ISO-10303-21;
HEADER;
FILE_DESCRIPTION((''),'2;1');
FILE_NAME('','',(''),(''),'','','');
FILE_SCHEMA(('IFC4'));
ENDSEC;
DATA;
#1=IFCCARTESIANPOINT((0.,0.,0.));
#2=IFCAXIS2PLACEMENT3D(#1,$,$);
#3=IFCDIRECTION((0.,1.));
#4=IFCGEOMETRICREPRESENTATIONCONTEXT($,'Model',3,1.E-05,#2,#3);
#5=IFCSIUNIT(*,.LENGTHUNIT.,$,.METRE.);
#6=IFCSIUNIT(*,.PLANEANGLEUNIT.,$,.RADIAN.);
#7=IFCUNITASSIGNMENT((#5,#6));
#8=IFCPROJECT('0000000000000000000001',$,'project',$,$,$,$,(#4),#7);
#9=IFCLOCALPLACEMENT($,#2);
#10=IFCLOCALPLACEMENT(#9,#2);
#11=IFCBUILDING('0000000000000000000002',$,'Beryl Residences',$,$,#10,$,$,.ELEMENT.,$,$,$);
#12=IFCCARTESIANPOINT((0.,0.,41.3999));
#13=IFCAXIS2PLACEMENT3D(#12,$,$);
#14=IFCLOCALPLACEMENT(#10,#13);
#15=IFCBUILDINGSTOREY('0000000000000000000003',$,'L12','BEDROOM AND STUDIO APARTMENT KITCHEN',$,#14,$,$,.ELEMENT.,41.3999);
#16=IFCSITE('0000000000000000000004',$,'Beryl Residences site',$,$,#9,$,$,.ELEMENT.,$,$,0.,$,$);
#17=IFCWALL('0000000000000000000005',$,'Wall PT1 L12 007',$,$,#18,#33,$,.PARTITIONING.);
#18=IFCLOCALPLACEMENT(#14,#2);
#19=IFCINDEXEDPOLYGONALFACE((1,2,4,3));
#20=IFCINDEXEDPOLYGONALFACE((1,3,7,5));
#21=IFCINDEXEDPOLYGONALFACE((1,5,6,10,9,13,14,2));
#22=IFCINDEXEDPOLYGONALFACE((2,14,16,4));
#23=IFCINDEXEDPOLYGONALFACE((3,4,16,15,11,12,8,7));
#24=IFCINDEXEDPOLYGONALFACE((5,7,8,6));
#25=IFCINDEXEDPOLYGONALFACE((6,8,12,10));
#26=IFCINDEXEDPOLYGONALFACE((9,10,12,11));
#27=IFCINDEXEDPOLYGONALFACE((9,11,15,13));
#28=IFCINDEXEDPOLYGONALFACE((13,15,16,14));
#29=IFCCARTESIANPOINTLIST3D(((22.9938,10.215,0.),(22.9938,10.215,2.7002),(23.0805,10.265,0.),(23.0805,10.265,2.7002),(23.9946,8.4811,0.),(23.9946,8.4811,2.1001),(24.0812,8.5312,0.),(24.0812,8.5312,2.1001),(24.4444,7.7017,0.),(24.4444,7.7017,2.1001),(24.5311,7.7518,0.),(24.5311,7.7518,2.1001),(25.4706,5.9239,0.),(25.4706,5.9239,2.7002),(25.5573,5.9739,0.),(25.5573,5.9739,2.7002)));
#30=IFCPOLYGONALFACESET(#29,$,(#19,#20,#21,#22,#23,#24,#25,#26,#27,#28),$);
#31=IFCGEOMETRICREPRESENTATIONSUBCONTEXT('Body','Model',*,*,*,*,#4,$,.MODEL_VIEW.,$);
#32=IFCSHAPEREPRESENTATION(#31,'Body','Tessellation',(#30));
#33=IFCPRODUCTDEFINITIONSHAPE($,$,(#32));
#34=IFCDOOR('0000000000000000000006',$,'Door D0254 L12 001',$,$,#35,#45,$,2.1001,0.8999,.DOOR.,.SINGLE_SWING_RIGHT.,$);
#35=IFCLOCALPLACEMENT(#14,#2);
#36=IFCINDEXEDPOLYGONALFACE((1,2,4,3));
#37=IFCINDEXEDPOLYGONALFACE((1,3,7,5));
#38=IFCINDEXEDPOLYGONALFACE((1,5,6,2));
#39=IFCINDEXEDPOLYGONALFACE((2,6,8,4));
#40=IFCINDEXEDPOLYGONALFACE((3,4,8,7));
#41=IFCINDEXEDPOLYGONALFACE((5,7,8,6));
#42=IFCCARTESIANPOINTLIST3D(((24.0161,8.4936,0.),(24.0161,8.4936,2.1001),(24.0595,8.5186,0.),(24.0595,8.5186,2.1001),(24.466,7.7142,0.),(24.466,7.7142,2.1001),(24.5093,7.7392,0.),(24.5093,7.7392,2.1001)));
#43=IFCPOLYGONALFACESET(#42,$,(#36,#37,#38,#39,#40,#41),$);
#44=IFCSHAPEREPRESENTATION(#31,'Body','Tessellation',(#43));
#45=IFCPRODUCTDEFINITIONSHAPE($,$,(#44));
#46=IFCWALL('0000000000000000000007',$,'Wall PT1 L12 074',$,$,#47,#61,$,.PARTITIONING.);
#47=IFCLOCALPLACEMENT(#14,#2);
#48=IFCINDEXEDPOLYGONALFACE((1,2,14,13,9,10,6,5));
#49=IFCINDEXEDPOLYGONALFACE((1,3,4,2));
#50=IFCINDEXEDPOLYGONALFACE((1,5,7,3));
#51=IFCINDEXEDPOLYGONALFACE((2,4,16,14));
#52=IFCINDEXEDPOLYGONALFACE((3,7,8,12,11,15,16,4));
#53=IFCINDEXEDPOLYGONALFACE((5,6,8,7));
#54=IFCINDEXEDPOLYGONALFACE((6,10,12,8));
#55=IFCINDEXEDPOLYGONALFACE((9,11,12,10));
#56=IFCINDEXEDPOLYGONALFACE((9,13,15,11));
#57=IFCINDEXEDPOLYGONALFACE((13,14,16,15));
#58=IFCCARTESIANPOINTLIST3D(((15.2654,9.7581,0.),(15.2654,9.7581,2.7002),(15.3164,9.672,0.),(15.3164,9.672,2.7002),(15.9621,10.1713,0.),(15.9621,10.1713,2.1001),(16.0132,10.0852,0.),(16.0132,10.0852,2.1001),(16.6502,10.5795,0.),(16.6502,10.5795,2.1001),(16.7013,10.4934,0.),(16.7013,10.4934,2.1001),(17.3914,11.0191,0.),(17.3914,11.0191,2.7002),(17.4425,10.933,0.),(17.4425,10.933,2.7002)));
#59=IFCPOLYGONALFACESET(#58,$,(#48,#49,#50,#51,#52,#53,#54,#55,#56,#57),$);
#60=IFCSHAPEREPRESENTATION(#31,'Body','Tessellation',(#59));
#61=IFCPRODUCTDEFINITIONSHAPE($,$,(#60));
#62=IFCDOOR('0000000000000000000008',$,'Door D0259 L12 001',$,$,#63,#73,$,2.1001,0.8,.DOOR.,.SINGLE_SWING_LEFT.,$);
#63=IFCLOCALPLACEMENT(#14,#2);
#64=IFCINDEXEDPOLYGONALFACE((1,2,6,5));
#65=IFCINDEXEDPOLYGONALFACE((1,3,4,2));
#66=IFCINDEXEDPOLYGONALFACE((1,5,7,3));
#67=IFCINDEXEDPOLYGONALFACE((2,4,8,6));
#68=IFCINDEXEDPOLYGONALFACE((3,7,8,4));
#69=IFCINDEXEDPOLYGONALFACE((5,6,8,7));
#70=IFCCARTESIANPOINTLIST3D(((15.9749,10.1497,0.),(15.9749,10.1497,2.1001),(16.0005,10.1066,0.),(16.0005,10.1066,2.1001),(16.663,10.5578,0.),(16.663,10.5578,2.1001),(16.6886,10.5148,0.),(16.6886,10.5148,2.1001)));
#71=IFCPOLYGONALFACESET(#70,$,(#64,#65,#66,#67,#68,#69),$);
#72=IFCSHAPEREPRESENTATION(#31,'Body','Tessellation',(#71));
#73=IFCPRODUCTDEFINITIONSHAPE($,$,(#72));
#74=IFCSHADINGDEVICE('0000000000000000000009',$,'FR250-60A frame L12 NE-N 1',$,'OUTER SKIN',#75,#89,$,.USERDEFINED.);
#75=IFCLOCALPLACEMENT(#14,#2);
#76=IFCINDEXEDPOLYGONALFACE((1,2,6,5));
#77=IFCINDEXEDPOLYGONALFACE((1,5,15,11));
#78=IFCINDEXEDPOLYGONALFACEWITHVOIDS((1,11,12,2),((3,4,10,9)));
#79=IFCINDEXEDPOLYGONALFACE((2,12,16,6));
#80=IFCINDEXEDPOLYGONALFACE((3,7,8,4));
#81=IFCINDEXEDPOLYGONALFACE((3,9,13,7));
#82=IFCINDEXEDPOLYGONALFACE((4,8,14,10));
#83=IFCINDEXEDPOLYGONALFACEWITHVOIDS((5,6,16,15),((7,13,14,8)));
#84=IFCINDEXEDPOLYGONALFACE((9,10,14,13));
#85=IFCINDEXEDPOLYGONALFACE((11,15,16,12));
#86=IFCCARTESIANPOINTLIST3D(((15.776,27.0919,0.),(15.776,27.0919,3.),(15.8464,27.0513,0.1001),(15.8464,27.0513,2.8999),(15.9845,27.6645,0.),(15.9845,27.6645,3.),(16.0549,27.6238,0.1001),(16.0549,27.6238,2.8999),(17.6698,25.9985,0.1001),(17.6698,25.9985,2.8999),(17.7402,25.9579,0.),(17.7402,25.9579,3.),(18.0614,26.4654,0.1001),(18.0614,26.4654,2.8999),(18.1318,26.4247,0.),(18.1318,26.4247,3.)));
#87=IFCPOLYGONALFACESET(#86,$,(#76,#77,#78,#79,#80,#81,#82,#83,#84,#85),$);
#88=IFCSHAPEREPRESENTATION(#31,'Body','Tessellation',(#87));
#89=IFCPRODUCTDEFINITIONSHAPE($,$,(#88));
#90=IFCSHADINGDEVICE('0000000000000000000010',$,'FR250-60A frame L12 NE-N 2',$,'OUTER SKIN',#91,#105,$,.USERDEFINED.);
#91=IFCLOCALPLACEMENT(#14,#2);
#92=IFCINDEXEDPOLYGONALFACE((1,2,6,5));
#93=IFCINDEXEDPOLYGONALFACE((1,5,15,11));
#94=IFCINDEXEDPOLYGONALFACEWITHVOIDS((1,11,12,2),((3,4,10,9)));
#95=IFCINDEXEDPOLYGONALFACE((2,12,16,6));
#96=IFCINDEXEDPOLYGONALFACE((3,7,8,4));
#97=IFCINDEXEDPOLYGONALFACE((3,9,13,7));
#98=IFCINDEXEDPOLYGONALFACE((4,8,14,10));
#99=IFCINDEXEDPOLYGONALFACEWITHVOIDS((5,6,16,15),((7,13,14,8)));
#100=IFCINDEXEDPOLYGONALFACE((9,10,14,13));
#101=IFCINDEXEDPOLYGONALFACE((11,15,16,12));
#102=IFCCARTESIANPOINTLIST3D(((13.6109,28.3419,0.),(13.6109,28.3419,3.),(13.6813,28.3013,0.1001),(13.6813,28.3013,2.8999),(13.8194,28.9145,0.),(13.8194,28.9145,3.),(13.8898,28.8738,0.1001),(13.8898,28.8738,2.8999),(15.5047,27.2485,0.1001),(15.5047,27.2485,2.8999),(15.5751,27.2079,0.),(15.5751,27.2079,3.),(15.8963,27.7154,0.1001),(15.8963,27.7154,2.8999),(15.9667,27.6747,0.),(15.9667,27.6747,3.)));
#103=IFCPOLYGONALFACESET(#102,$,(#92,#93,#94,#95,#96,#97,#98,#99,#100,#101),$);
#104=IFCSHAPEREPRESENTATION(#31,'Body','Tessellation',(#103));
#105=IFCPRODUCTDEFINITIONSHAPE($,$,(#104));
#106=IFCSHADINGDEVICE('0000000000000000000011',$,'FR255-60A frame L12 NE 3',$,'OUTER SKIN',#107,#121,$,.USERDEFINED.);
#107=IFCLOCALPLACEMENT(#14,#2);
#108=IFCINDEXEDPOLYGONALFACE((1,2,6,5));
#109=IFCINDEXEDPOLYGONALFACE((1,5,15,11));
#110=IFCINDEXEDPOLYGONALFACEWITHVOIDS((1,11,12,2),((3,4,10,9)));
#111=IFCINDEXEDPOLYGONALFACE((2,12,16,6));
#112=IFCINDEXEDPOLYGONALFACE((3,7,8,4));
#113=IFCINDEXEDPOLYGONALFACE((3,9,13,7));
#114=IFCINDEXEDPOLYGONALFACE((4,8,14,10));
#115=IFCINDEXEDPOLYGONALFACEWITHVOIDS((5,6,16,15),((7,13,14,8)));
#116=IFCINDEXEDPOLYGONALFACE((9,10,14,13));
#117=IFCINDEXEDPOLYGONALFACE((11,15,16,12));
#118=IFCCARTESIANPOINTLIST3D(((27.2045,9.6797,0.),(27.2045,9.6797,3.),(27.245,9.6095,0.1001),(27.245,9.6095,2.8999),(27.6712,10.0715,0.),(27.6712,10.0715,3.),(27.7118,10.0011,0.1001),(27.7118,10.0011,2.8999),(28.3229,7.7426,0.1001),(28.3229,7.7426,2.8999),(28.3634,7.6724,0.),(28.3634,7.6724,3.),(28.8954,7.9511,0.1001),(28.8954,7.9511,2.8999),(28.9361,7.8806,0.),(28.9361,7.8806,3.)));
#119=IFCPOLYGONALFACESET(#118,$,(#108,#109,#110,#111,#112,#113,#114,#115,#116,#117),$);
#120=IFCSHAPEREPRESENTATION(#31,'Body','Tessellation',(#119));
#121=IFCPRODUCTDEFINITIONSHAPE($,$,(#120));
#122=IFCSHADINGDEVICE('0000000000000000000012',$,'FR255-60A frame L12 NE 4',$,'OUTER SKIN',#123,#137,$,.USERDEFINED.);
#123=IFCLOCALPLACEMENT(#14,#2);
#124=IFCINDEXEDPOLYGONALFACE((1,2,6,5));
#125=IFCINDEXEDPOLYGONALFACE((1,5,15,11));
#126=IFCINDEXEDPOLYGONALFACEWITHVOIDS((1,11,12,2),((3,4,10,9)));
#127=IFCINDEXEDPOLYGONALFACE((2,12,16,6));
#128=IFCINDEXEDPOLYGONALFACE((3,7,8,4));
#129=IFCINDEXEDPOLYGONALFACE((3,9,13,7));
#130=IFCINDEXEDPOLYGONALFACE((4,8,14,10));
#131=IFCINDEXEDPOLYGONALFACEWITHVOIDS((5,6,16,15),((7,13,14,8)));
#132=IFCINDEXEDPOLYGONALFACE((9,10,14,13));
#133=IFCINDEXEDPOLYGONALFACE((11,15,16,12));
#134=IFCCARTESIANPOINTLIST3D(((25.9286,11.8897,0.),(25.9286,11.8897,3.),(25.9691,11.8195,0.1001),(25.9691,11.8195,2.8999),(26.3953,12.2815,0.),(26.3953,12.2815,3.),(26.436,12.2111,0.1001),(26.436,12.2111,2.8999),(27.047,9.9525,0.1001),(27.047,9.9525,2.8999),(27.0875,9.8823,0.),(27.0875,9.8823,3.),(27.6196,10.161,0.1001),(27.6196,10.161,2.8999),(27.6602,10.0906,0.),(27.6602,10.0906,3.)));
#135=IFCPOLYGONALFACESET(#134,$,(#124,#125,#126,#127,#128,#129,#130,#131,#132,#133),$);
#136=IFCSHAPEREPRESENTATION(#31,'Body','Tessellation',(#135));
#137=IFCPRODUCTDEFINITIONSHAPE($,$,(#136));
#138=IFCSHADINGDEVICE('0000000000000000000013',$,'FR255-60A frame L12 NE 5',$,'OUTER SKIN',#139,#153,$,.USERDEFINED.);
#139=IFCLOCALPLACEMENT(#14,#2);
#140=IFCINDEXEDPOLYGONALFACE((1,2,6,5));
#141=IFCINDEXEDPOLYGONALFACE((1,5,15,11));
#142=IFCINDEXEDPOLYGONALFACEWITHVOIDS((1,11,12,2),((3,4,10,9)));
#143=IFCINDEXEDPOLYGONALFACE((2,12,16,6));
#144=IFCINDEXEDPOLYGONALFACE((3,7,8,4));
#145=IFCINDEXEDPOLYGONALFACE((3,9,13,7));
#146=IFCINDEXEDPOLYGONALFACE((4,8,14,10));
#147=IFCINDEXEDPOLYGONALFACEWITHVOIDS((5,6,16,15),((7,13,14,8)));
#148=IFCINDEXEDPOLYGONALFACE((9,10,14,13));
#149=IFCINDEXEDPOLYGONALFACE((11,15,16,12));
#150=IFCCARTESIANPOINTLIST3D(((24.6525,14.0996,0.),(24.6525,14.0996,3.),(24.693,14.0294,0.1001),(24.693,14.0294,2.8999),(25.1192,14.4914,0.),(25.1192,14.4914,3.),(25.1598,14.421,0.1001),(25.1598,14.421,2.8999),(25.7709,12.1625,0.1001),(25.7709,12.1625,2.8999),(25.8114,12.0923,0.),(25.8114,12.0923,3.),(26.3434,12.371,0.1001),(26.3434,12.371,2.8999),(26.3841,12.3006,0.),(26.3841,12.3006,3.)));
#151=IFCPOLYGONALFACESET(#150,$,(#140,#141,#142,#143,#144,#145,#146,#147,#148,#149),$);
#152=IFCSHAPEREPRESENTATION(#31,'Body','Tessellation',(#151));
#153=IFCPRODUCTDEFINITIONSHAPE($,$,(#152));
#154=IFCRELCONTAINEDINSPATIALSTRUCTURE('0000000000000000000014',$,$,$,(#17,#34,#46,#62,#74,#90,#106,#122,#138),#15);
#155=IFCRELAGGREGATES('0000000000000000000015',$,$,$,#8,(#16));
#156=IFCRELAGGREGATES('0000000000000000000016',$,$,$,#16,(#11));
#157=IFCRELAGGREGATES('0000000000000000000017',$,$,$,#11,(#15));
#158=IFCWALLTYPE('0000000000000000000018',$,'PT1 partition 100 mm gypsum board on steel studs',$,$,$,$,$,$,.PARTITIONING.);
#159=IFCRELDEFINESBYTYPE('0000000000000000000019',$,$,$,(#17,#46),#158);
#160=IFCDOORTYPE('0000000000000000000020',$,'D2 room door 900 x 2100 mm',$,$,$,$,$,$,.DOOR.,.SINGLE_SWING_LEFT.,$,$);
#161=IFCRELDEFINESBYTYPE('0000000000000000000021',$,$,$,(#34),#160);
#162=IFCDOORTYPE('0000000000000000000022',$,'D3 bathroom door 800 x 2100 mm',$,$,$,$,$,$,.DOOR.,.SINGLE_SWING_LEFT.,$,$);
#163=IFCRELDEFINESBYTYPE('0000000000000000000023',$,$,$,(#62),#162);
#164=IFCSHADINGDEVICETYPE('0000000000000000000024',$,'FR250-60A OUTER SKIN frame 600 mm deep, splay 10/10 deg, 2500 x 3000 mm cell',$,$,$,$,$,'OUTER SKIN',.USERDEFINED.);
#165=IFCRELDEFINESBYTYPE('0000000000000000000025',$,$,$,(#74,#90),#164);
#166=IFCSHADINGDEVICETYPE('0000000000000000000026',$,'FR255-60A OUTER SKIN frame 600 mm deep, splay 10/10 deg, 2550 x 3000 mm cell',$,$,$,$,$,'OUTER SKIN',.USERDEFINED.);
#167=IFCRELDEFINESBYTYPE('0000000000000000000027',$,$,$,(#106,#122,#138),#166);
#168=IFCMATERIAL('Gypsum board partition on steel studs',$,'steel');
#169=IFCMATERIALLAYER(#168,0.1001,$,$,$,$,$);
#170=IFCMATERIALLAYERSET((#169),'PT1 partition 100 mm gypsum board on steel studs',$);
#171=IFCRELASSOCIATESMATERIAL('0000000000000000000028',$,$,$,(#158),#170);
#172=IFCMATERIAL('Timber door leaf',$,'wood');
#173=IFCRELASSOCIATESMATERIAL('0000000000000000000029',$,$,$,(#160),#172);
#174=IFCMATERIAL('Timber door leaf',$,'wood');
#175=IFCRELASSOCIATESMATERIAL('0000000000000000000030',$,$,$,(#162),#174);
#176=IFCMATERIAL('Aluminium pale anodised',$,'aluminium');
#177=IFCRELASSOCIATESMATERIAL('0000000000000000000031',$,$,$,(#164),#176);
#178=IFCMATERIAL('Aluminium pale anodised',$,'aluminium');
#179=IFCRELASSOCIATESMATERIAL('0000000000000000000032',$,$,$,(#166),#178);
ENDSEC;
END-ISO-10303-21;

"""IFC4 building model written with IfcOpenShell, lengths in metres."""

from ifc_helpers import new_model, entity, si_unit, direction, frame, frame_2d, origin, place, context, subcontext, project, spatial, rectangle, extrude, source, transform, mapped, material, layer, layer_set, type_object, type_shapes, element, fill, save


model = new_model("IFC4")

# Units and contexts
model_context = context("Model", 3, precision=1e-05, world=origin(), true_north=direction((0.0, 1.0)))
body_context = subcontext(model_context, "Body", "Model", "MODEL_VIEW")
ifc_project = project(units=[si_unit("LENGTHUNIT", "METRE"), si_unit("PLANEANGLEUNIT", "RADIAN")], contexts=[model_context])

# Site, building, storey
site_placement = place(None, origin())
site = spatial("IfcSite", under=ifc_project, at=site_placement, Name="Beryl Residences site", CompositionType="ELEMENT", RefElevation=0.0)
building_placement = place(site_placement, origin())
building = spatial("IfcBuilding", under=site, at=building_placement, Name="Beryl Residences", CompositionType="ELEMENT")
storey_placement = place(building_placement, frame((0.0, 0.0, 41.3999)))
storey = spatial("IfcBuildingStorey", under=building, at=storey_placement, Name="L12", Description="BEDROOM AND STUDIO APARTMENT KITCHEN", CompositionType="ELEMENT", Elevation=41.3999)

# Shared definitions
ifc_material_1 = material(Name="Gypsum board partition on steel studs", Category="steel")
ifc_layer_1 = layer(ifc_material_1, 0.1001)
ifc_layer_set_1 = layer_set([ifc_layer_1], Name="PT1 partition 100 mm gypsum board on steel studs")
wall_type_1 = type_object("IfcWallType", Name="PT1 partition 100 mm gypsum board on steel studs", PredefinedType="PARTITIONING", material=ifc_layer_set_1)

# Walls, openings, doors
wall_1_placement = place(storey_placement, frame((23.0371, 10.24, 0.0), z_axis=(0.0, 0.0, 1.0), x_axis=(0.499907, -0.866079, 0.0)))
wall_1 = element("IfcWall", 1, at=wall_1_placement, inside=storey, type_object=wall_type_1, Name="Wall PT1 L12 007", PredefinedType="PARTITIONING", context=body_context, shape_type="SweptSolid", body=[
    extrude(rectangle(XDim=4.9546, YDim=0.1001, at=frame_2d((2.4773, 0.0))), origin(), (0.0, 0.0, 1.0), 2.7002),
])
opening_1_placement = place(wall_1_placement, frame((2.002, 0.0, 0.0)))
opening_1 = element("IfcOpeningElement", 2, at=opening_1_placement, cuts=wall_1, PredefinedType="OPENING", context=body_context, shape_type="SweptSolid", body=[
    extrude(rectangle(XDim=0.8999, YDim=2.1001, at=frame_2d((0.45, 1.05))), frame((0.0, 0.0601, 0.0), z_axis=(0.0, -1.0, 0.0), x_axis=(1.0, 0.0, 0.0)), (0.0, 0.0, 1.0), 0.1201),
])
ifc_material_2 = material(Name="Timber door leaf", Category="wood")
door_type_1 = type_object("IfcDoorType", Name="D2 room door 900 x 2100 mm", OperationType="SINGLE_SWING_LEFT", PredefinedType="DOOR", material=ifc_material_2)
door_1_placement = place(opening_1_placement, origin())
door_1 = element("IfcDoor", 3, at=door_1_placement, inside=storey, type_object=door_type_1, Name="Door D0254 L12 001", OperationType="SINGLE_SWING_RIGHT", OverallHeight=2.1001, OverallWidth=0.8999, PredefinedType="DOOR", context=body_context, shape_type="SweptSolid", body=[
    extrude(rectangle(XDim=0.8999, YDim=2.1001, at=frame_2d((0.45, 1.05))), frame((0.0, 0.0249, 0.0), z_axis=(0.0, -1.0, 0.0), x_axis=(1.0, 0.0, 0.0)), (0.0, 0.0, 1.0), 0.05),
])
fill(opening_1, door_1)
wall_2_placement = place(storey_placement, frame((15.291, 9.7151, 0.0), z_axis=(0.0, 0.0, 1.0), x_axis=(0.860088, 0.510146, 0.0)))
wall_2 = element("IfcWall", 4, at=wall_2_placement, inside=storey, type_object=wall_type_1, Name="Wall PT1 L12 074", PredefinedType="PARTITIONING", context=body_context, shape_type="SweptSolid", body=[
    extrude(rectangle(XDim=2.4719, YDim=0.1001, at=frame_2d((1.2358, 0.0))), origin(), (0.0, 0.0, 1.0), 2.7002),
])
opening_2_placement = place(wall_2_placement, frame((0.8101, 0.0, 0.0)))
opening_2 = element("IfcOpeningElement", 5, at=opening_2_placement, cuts=wall_2, PredefinedType="OPENING", context=body_context, shape_type="SweptSolid", body=[
    extrude(rectangle(XDim=0.8, YDim=2.1001, at=frame_2d((0.3999, 1.05))), frame((0.0, 0.0601, 0.0), z_axis=(0.0, -1.0, 0.0), x_axis=(1.0, 0.0, 0.0)), (0.0, 0.0, 1.0), 0.1201),
])
ifc_material_3 = material(Name="Timber door leaf", Category="wood")
door_type_2 = type_object("IfcDoorType", Name="D3 bathroom door 800 x 2100 mm", OperationType="SINGLE_SWING_LEFT", PredefinedType="DOOR", material=ifc_material_3)
door_2_placement = place(opening_2_placement, origin())
door_2 = element("IfcDoor", 6, at=door_2_placement, inside=storey, type_object=door_type_2, Name="Door D0259 L12 001", OperationType="SINGLE_SWING_LEFT", OverallHeight=2.1001, OverallWidth=0.8, PredefinedType="DOOR", context=body_context, shape_type="SweptSolid", body=[
    extrude(rectangle(XDim=0.8, YDim=2.1001, at=frame_2d((0.3999, 1.05))), frame((0.0, 0.0249, 0.0), z_axis=(0.0, -1.0, 0.0), x_axis=(1.0, 0.0, 0.0)), (0.0, 0.0, 1.0), 0.05),
])
fill(opening_2, door_2)

# Shading devices
ifc_material_4 = material(Name="Aluminium pale anodised", Category="aluminium")
shading_device_type_1 = type_object("IfcShadingDeviceType", Name="FR250-60A OUTER SKIN frame 600 mm deep, splay 10/10 deg, 2500 x 3000 mm cell", ElementType="OUTER SKIN", PredefinedType="USERDEFINED", material=ifc_material_4)
cartesian_point_1 = entity("IfcCartesianPoint", [-1.134, 0.0])
cartesian_point_2 = entity("IfcCartesianPoint", [-1.0527, 0.1001])
cartesian_point_3 = entity("IfcCartesianPoint", [-1.2397, 0.0])
cartesian_point_4 = entity("IfcCartesianPoint", [-1.1584, 0.1001])
shared_shape_1 = source(origin(), body_context, "Body", "SweptSolid", [
    entity("IfcExtrudedAreaSolidTapered", entity("IfcArbitraryProfileDefWithVoids", "AREA", None, entity("IfcPolyline", [cartesian_point_1, entity("IfcCartesianPoint", [1.134, 0.0]), entity("IfcCartesianPoint", [1.134, 3.0]), entity("IfcCartesianPoint", [-1.134, 3.0]), cartesian_point_1]), [entity("IfcPolyline", [cartesian_point_2, entity("IfcCartesianPoint", [1.0527, 0.1001]), entity("IfcCartesianPoint", [1.0527, 2.8999]), entity("IfcCartesianPoint", [-1.0527, 2.8999]), cartesian_point_2])]), entity("IfcAxis2Placement3D", entity("IfcCartesianPoint", [0.0, 0.0, 0.0]), entity("IfcDirection", [0.0, 1.0, 0.0]), entity("IfcDirection", [-1.0, 0.0, 0.0])), entity("IfcDirection", [0.0, 0.0, 1.0]), 0.6001, entity("IfcArbitraryProfileDefWithVoids", "AREA", None, entity("IfcPolyline", [cartesian_point_3, entity("IfcCartesianPoint", [1.2397, 0.0]), entity("IfcCartesianPoint", [1.2397, 3.0]), entity("IfcCartesianPoint", [-1.2397, 3.0]), cartesian_point_3]), [entity("IfcPolyline", [cartesian_point_4, entity("IfcCartesianPoint", [1.1584, 0.1001]), entity("IfcCartesianPoint", [1.1584, 2.8999]), entity("IfcCartesianPoint", [-1.1584, 2.8999]), cartesian_point_4])])),
])
type_shapes(shading_device_type_1, [shared_shape_1])
for number, where, z_axis, x_axis, name in (
    (7, (16.7581, 26.5249, 0.0), (0.0, 0.0, 1.0), (0.866025, -0.5, 0.0), "FR250-60A frame L12 NE-N 1"),
    (8, (14.593, 27.7749, 0.0), (0.0, 0.0, 1.0), (0.866025, -0.5, 0.0), "FR250-60A frame L12 NE-N 2"),
):
    element("IfcShadingDevice", number, at=place(storey_placement, frame(where, z_axis=z_axis, x_axis=x_axis)), inside=storey, type_object=shading_device_type_1, Name=name, ObjectType="OUTER SKIN", PredefinedType="USERDEFINED", context=body_context, shape_type="MappedRepresentation", body=[
        mapped(shared_shape_1, transform((0.0, 0.0, 0.0))),
    ])
ifc_material_5 = material(Name="Aluminium pale anodised", Category="aluminium")
shading_device_type_2 = type_object("IfcShadingDeviceType", Name="FR255-60A OUTER SKIN frame 600 mm deep, splay 10/10 deg, 2550 x 3000 mm cell", ElementType="OUTER SKIN", PredefinedType="USERDEFINED", material=ifc_material_5)
cartesian_point_5 = entity("IfcCartesianPoint", [-1.1589, 0.0])
cartesian_point_6 = entity("IfcCartesianPoint", [-1.0779, 0.1001])
cartesian_point_7 = entity("IfcCartesianPoint", [-1.2649, 0.0])
cartesian_point_8 = entity("IfcCartesianPoint", [-1.1836, 0.1001])
shared_shape_2 = source(origin(), body_context, "Body", "SweptSolid", [
    entity("IfcExtrudedAreaSolidTapered", entity("IfcArbitraryProfileDefWithVoids", "AREA", None, entity("IfcPolyline", [cartesian_point_5, entity("IfcCartesianPoint", [1.1589, 0.0]), entity("IfcCartesianPoint", [1.1589, 3.0]), entity("IfcCartesianPoint", [-1.1589, 3.0]), cartesian_point_5]), [entity("IfcPolyline", [cartesian_point_6, entity("IfcCartesianPoint", [1.0779, 0.1001]), entity("IfcCartesianPoint", [1.0779, 2.8999]), entity("IfcCartesianPoint", [-1.0779, 2.8999]), cartesian_point_6])]), entity("IfcAxis2Placement3D", entity("IfcCartesianPoint", [0.0, 0.0, 0.0]), entity("IfcDirection", [0.0, 1.0, 0.0]), entity("IfcDirection", [-1.0, 0.0, 0.0])), entity("IfcDirection", [0.0, 0.0, 1.0]), 0.6001, entity("IfcArbitraryProfileDefWithVoids", "AREA", None, entity("IfcPolyline", [cartesian_point_7, entity("IfcCartesianPoint", [1.2649, 0.0]), entity("IfcCartesianPoint", [1.2649, 3.0]), entity("IfcCartesianPoint", [-1.2649, 3.0]), cartesian_point_7]), [entity("IfcPolyline", [cartesian_point_8, entity("IfcCartesianPoint", [1.1836, 0.1001]), entity("IfcCartesianPoint", [1.1836, 2.8999]), entity("IfcCartesianPoint", [-1.1836, 2.8999]), cartesian_point_8])])),
])
type_shapes(shading_device_type_2, [shared_shape_2])
for number, where, z_axis, x_axis, name in (
    (9, (27.7839, 8.676, 0.0), (0.0, 0.0, 1.0), (0.5, -0.866025, 0.0), "FR255-60A frame L12 NE 3"),
    (10, (26.5081, 10.886, 0.0), (0.0, 0.0, 1.0), (0.5, -0.866025, 0.0), "FR255-60A frame L12 NE 4"),
    (11, (25.2319, 13.0959, 0.0), (0.0, 0.0, 1.0), (0.5, -0.866025, 0.0), "FR255-60A frame L12 NE 5"),
):
    element("IfcShadingDevice", number, at=place(storey_placement, frame(where, z_axis=z_axis, x_axis=x_axis)), inside=storey, type_object=shading_device_type_2, Name=name, ObjectType="OUTER SKIN", PredefinedType="USERDEFINED", context=body_context, shape_type="MappedRepresentation", body=[
        mapped(shared_shape_2, transform((0.0, 0.0, 0.0))),
    ])

save(model, "model.ifc")
